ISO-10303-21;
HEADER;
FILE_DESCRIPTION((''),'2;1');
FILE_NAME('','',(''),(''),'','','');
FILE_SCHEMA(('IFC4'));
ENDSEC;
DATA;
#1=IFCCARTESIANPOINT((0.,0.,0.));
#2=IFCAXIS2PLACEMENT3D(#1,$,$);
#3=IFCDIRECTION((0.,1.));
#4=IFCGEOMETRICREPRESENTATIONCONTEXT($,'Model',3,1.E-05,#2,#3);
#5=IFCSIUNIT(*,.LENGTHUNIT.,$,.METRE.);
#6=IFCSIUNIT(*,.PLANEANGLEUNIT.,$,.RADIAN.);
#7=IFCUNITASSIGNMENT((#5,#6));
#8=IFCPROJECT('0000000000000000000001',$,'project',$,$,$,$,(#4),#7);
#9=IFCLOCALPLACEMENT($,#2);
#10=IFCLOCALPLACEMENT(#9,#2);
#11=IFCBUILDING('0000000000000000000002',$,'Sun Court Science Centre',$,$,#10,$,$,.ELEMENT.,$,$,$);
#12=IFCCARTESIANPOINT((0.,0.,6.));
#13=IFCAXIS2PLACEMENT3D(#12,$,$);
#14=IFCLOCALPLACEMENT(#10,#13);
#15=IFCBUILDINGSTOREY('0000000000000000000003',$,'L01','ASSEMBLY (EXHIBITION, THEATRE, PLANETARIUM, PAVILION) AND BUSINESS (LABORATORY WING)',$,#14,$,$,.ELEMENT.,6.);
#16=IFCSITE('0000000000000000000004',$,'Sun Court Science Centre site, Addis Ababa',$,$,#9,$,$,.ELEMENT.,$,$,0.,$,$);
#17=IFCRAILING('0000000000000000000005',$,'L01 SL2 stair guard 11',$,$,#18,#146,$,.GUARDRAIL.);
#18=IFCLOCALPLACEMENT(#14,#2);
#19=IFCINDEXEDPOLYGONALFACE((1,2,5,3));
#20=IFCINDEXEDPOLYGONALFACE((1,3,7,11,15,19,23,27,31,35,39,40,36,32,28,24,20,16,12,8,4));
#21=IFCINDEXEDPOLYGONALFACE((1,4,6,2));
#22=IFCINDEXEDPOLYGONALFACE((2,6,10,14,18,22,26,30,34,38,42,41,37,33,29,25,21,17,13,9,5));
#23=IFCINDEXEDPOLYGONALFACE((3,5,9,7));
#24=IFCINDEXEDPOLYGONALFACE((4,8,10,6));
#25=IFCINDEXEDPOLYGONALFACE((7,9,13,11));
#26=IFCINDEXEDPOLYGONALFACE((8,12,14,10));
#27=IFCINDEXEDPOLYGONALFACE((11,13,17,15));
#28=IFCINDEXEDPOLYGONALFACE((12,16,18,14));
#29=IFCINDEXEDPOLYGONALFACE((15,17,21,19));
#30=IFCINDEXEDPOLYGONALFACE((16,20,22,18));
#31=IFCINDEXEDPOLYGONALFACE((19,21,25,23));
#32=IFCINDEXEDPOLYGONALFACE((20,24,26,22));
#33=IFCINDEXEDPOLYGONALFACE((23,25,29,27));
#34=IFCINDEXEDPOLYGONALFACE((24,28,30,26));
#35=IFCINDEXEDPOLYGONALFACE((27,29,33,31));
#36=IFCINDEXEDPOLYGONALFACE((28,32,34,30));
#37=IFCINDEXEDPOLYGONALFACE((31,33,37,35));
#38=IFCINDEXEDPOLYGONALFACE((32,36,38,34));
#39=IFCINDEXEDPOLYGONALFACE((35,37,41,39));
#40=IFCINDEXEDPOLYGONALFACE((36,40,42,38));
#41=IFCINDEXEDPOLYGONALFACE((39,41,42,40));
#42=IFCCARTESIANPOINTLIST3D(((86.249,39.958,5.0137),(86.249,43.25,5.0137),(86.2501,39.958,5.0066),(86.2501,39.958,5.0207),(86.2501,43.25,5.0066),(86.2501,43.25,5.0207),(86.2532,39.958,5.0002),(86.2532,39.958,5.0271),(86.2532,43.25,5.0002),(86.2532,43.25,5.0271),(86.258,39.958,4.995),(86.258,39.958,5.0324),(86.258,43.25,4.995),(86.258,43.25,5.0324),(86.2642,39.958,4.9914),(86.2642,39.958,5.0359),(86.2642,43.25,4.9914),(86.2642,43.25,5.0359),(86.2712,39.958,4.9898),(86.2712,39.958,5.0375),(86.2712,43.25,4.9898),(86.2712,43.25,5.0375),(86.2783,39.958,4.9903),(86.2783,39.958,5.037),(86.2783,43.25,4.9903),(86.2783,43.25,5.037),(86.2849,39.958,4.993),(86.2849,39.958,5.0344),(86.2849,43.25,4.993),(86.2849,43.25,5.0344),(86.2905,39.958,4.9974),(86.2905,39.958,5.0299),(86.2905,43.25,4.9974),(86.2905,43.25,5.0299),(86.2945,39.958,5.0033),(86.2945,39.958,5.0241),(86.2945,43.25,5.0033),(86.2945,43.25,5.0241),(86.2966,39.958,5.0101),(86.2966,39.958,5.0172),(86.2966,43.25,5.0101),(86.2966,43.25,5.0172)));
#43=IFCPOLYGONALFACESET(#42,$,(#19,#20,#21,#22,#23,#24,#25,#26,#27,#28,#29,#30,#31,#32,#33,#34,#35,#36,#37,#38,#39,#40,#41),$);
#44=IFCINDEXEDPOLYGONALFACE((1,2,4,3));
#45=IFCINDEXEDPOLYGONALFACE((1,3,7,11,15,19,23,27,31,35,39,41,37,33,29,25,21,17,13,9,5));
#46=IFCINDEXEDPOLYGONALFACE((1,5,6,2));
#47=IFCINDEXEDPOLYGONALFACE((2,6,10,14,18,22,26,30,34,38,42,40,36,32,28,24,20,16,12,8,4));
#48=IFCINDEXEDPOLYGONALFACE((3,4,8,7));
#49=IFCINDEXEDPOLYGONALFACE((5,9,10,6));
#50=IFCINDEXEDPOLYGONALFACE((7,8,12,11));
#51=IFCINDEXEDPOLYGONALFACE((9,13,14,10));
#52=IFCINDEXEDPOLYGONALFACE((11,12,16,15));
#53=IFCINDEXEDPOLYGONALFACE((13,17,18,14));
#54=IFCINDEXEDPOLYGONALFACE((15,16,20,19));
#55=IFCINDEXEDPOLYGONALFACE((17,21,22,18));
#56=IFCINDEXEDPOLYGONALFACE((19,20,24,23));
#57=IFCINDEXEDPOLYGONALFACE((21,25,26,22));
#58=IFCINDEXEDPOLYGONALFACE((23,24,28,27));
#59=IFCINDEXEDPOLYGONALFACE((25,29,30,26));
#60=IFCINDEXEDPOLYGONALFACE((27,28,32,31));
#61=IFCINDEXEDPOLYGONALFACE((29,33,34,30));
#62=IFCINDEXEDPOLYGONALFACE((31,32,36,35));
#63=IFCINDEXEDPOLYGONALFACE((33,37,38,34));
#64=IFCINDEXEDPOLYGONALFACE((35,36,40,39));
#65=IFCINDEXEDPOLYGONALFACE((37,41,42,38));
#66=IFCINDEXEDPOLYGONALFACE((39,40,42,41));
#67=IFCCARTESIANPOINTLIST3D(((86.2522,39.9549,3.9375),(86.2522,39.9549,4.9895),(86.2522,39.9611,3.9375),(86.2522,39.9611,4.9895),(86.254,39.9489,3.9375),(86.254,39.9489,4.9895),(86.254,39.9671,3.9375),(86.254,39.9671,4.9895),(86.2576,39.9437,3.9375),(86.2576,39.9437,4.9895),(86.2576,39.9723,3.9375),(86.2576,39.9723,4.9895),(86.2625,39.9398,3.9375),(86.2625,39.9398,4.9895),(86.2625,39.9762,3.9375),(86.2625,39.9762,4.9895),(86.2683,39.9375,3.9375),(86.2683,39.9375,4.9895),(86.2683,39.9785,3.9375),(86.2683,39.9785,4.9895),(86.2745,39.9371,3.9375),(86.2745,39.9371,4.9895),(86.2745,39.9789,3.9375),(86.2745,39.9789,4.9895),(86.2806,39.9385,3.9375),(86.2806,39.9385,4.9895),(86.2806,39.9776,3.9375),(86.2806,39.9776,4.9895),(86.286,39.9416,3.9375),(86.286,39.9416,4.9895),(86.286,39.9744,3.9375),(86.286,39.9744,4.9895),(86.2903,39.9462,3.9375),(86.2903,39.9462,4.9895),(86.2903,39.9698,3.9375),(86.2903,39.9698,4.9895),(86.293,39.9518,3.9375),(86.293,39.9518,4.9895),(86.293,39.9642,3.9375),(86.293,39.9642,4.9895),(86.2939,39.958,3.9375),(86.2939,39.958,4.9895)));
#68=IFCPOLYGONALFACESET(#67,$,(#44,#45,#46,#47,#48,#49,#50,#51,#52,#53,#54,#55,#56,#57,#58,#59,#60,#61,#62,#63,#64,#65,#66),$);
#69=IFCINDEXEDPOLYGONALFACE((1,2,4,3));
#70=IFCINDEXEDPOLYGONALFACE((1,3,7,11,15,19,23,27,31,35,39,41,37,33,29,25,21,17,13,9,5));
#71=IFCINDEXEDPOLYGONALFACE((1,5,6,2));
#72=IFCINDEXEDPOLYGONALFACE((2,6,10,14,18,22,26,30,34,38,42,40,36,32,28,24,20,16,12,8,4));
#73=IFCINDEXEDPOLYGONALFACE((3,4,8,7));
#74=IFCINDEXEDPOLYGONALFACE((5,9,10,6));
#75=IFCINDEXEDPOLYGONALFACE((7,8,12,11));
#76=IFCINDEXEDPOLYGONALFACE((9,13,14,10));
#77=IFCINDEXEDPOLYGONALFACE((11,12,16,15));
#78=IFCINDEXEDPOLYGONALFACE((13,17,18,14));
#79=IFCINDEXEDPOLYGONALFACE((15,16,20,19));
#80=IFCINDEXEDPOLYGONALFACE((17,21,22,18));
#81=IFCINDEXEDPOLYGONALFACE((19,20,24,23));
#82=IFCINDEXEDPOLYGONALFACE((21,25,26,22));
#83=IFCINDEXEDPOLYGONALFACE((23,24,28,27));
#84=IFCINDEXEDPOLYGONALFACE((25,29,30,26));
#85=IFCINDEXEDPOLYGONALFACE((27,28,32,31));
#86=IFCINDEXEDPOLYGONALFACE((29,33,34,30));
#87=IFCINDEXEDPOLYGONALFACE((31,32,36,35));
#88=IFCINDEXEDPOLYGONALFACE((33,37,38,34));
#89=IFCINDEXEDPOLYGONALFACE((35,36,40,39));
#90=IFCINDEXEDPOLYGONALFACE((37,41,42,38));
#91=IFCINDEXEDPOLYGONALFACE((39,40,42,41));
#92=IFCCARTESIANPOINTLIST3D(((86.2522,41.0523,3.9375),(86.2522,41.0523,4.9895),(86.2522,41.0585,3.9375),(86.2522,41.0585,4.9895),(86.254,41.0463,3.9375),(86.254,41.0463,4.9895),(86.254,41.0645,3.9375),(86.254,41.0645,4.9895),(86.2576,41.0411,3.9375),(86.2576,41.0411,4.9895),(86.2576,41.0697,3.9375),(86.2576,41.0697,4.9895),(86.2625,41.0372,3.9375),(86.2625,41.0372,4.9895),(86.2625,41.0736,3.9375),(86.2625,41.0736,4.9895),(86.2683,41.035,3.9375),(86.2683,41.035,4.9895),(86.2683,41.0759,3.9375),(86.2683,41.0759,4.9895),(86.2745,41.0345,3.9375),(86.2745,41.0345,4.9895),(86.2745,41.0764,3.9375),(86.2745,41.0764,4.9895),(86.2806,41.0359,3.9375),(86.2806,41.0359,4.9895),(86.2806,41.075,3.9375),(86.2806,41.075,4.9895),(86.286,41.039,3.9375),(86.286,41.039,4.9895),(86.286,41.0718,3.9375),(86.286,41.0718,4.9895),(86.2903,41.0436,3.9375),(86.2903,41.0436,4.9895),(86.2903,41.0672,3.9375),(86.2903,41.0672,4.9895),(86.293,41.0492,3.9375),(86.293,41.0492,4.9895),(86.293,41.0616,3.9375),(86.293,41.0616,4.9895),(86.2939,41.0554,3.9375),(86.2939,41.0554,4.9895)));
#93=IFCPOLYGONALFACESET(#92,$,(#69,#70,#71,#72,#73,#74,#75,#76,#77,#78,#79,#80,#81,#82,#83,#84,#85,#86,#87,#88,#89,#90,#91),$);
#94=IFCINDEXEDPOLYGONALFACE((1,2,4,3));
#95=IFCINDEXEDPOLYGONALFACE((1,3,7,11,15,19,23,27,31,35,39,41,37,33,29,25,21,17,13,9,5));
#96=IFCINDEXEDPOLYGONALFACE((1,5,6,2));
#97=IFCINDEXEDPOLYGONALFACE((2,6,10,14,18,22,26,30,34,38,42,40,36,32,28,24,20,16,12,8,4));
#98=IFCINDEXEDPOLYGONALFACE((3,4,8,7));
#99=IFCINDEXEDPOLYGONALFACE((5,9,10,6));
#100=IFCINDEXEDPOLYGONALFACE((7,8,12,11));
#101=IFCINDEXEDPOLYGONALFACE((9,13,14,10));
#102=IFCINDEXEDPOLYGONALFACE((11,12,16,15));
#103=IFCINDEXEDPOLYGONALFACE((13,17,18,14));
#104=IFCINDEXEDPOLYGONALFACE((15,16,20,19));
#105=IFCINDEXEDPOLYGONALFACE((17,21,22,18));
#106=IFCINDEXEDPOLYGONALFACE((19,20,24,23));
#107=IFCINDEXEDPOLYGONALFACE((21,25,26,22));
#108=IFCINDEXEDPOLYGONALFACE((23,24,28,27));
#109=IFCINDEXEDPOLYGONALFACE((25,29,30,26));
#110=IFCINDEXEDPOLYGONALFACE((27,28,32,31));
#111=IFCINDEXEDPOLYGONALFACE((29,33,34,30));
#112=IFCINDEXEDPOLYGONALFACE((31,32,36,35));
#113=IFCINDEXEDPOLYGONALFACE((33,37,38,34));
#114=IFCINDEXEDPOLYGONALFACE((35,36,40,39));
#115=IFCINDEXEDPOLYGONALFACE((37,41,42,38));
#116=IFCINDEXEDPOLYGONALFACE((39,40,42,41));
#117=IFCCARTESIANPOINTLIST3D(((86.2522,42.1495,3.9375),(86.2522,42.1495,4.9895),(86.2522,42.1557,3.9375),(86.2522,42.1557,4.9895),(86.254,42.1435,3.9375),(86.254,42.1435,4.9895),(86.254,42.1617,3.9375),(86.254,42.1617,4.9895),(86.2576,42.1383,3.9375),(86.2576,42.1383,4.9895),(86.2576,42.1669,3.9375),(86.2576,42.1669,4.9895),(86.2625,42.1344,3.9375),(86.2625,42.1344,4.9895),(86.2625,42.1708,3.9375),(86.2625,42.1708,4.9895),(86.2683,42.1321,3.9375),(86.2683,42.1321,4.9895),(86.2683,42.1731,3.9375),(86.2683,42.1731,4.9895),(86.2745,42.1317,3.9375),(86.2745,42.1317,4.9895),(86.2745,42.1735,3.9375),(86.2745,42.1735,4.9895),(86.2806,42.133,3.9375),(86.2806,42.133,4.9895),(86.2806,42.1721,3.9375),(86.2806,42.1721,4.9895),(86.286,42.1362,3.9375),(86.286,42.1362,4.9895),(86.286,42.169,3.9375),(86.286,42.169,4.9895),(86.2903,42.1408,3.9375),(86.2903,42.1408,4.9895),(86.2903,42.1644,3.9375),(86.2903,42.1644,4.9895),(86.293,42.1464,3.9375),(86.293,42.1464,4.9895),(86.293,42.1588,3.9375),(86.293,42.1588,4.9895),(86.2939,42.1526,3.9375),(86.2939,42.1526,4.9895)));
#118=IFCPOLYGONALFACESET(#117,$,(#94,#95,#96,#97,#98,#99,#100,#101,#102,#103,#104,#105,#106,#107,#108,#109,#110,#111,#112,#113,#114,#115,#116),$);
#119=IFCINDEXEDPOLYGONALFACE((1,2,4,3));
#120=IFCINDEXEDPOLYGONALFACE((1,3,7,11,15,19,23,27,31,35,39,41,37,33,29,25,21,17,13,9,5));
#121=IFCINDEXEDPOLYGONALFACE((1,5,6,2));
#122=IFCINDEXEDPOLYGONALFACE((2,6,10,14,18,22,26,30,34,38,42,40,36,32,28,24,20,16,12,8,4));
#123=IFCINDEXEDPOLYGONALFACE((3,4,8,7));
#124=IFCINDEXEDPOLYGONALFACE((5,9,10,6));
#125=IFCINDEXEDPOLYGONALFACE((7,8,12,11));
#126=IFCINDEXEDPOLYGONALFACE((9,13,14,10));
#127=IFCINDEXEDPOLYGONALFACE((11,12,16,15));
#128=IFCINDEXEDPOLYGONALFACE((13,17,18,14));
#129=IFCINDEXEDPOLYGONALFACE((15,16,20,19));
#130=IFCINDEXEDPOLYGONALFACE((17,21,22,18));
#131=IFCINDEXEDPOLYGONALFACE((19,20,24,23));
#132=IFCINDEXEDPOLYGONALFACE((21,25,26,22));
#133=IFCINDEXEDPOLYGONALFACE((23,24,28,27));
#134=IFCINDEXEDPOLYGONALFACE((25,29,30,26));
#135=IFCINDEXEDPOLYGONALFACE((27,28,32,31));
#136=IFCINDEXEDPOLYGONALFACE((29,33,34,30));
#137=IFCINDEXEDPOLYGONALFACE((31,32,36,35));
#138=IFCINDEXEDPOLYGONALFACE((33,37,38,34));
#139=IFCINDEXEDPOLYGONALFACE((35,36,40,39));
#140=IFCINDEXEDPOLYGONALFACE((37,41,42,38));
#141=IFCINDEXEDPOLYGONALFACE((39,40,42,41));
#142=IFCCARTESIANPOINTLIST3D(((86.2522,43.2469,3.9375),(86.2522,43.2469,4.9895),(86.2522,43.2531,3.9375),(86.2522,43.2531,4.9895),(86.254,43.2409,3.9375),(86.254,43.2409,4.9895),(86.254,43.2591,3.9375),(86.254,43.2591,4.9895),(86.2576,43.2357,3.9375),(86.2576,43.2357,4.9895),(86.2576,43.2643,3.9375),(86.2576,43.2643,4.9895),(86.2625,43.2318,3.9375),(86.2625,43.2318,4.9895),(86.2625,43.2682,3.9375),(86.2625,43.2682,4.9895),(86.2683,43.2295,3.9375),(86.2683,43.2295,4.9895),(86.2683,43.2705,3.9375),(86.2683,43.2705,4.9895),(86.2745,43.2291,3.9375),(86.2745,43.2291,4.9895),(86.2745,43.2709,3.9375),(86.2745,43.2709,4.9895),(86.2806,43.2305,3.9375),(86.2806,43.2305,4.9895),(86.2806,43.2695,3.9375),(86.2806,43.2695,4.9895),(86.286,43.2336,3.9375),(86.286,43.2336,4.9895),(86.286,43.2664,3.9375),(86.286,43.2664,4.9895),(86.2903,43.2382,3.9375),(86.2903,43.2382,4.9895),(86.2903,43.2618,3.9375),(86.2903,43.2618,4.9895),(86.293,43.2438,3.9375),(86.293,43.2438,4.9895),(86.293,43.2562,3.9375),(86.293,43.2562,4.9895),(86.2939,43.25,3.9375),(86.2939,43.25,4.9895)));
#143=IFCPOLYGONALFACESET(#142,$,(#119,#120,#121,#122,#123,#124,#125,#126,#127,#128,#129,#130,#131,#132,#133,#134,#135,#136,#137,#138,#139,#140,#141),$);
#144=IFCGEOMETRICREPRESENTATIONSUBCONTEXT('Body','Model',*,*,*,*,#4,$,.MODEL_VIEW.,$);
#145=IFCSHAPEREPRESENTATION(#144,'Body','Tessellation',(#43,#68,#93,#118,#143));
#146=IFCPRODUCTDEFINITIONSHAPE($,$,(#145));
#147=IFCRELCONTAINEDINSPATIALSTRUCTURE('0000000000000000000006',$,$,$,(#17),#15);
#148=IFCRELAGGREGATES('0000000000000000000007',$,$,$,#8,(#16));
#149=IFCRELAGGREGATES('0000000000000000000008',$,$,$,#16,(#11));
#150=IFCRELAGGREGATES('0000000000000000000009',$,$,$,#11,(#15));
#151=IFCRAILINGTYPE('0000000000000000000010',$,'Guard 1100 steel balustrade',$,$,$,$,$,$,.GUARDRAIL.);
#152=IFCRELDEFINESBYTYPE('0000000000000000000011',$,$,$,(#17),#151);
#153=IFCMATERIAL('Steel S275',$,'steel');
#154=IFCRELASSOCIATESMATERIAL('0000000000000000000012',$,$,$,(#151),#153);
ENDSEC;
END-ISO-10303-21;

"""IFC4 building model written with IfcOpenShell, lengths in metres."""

from ifc_helpers import new_model, si_unit, direction, frame, origin, origin_2d, place, context, subcontext, project, spatial, circle, extrude, material, type_object, element, save


model = new_model("IFC4")

# Units and contexts
model_context = context("Model", 3, precision=1e-05, world=origin(), true_north=direction((0.0, 1.0)))
body_context = subcontext(model_context, "Body", "Model", "MODEL_VIEW")
ifc_project = project(units=[si_unit("LENGTHUNIT", "METRE"), si_unit("PLANEANGLEUNIT", "RADIAN")], contexts=[model_context])

# Site, building, storey
site_placement = place(None, origin())
site = spatial("IfcSite", under=ifc_project, at=site_placement, Name="Sun Court Science Centre site, Addis Ababa", CompositionType="ELEMENT", RefElevation=0.0)
building_placement = place(site_placement, origin())
building = spatial("IfcBuilding", under=site, at=building_placement, Name="Sun Court Science Centre", CompositionType="ELEMENT")
storey_placement = place(building_placement, frame((0.0, 0.0, 6.0)))
storey = spatial("IfcBuildingStorey", under=building, at=storey_placement, Name="L01", Description="ASSEMBLY (EXHIBITION, THEATRE, PLANETARIUM, PAVILION) AND BUSINESS (LABORATORY WING)", CompositionType="ELEMENT", Elevation=6.0)

# Railing
ifc_material_1 = material(Name="Steel S275", Category="steel")
railing_type = type_object("IfcRailingType", Name="Guard 1100 steel balustrade", PredefinedType="GUARDRAIL", material=ifc_material_1)
railing_1_placement = place(storey_placement, frame((86.2729, 39.958, 3.9375)))
element("IfcRailing", 1, at=railing_1_placement, inside=storey, type_object=railing_type, Name="L01 SL2 stair guard 11", PredefinedType="GUARDRAIL", context=body_context, shape_type="SweptSolid", body=[
    extrude(circle(Radius=0.0239, at=origin_2d()), frame((0.0, 0.0, 1.0762), z_axis=(0.0, 1.0, 0.0), x_axis=(-1.0, 0.0, 0.0)), (0.0, 0.0, 1.0), 3.292),
    extrude(circle(Radius=0.021, at=origin_2d()), origin(), (0.0, 0.0, 1.0), 1.052),
    extrude(circle(Radius=0.021, at=origin_2d()), frame((0.0, 1.0974, 0.0)), (0.0, 0.0, 1.0), 1.052),
    extrude(circle(Radius=0.021, at=origin_2d()), frame((0.0, 2.1946, 0.0)), (0.0, 0.0, 1.0), 1.052),
    extrude(circle(Radius=0.021, at=origin_2d()), frame((0.0, 3.292, 0.0)), (0.0, 0.0, 1.0), 1.052),
])

save(model, "model.ifc")
